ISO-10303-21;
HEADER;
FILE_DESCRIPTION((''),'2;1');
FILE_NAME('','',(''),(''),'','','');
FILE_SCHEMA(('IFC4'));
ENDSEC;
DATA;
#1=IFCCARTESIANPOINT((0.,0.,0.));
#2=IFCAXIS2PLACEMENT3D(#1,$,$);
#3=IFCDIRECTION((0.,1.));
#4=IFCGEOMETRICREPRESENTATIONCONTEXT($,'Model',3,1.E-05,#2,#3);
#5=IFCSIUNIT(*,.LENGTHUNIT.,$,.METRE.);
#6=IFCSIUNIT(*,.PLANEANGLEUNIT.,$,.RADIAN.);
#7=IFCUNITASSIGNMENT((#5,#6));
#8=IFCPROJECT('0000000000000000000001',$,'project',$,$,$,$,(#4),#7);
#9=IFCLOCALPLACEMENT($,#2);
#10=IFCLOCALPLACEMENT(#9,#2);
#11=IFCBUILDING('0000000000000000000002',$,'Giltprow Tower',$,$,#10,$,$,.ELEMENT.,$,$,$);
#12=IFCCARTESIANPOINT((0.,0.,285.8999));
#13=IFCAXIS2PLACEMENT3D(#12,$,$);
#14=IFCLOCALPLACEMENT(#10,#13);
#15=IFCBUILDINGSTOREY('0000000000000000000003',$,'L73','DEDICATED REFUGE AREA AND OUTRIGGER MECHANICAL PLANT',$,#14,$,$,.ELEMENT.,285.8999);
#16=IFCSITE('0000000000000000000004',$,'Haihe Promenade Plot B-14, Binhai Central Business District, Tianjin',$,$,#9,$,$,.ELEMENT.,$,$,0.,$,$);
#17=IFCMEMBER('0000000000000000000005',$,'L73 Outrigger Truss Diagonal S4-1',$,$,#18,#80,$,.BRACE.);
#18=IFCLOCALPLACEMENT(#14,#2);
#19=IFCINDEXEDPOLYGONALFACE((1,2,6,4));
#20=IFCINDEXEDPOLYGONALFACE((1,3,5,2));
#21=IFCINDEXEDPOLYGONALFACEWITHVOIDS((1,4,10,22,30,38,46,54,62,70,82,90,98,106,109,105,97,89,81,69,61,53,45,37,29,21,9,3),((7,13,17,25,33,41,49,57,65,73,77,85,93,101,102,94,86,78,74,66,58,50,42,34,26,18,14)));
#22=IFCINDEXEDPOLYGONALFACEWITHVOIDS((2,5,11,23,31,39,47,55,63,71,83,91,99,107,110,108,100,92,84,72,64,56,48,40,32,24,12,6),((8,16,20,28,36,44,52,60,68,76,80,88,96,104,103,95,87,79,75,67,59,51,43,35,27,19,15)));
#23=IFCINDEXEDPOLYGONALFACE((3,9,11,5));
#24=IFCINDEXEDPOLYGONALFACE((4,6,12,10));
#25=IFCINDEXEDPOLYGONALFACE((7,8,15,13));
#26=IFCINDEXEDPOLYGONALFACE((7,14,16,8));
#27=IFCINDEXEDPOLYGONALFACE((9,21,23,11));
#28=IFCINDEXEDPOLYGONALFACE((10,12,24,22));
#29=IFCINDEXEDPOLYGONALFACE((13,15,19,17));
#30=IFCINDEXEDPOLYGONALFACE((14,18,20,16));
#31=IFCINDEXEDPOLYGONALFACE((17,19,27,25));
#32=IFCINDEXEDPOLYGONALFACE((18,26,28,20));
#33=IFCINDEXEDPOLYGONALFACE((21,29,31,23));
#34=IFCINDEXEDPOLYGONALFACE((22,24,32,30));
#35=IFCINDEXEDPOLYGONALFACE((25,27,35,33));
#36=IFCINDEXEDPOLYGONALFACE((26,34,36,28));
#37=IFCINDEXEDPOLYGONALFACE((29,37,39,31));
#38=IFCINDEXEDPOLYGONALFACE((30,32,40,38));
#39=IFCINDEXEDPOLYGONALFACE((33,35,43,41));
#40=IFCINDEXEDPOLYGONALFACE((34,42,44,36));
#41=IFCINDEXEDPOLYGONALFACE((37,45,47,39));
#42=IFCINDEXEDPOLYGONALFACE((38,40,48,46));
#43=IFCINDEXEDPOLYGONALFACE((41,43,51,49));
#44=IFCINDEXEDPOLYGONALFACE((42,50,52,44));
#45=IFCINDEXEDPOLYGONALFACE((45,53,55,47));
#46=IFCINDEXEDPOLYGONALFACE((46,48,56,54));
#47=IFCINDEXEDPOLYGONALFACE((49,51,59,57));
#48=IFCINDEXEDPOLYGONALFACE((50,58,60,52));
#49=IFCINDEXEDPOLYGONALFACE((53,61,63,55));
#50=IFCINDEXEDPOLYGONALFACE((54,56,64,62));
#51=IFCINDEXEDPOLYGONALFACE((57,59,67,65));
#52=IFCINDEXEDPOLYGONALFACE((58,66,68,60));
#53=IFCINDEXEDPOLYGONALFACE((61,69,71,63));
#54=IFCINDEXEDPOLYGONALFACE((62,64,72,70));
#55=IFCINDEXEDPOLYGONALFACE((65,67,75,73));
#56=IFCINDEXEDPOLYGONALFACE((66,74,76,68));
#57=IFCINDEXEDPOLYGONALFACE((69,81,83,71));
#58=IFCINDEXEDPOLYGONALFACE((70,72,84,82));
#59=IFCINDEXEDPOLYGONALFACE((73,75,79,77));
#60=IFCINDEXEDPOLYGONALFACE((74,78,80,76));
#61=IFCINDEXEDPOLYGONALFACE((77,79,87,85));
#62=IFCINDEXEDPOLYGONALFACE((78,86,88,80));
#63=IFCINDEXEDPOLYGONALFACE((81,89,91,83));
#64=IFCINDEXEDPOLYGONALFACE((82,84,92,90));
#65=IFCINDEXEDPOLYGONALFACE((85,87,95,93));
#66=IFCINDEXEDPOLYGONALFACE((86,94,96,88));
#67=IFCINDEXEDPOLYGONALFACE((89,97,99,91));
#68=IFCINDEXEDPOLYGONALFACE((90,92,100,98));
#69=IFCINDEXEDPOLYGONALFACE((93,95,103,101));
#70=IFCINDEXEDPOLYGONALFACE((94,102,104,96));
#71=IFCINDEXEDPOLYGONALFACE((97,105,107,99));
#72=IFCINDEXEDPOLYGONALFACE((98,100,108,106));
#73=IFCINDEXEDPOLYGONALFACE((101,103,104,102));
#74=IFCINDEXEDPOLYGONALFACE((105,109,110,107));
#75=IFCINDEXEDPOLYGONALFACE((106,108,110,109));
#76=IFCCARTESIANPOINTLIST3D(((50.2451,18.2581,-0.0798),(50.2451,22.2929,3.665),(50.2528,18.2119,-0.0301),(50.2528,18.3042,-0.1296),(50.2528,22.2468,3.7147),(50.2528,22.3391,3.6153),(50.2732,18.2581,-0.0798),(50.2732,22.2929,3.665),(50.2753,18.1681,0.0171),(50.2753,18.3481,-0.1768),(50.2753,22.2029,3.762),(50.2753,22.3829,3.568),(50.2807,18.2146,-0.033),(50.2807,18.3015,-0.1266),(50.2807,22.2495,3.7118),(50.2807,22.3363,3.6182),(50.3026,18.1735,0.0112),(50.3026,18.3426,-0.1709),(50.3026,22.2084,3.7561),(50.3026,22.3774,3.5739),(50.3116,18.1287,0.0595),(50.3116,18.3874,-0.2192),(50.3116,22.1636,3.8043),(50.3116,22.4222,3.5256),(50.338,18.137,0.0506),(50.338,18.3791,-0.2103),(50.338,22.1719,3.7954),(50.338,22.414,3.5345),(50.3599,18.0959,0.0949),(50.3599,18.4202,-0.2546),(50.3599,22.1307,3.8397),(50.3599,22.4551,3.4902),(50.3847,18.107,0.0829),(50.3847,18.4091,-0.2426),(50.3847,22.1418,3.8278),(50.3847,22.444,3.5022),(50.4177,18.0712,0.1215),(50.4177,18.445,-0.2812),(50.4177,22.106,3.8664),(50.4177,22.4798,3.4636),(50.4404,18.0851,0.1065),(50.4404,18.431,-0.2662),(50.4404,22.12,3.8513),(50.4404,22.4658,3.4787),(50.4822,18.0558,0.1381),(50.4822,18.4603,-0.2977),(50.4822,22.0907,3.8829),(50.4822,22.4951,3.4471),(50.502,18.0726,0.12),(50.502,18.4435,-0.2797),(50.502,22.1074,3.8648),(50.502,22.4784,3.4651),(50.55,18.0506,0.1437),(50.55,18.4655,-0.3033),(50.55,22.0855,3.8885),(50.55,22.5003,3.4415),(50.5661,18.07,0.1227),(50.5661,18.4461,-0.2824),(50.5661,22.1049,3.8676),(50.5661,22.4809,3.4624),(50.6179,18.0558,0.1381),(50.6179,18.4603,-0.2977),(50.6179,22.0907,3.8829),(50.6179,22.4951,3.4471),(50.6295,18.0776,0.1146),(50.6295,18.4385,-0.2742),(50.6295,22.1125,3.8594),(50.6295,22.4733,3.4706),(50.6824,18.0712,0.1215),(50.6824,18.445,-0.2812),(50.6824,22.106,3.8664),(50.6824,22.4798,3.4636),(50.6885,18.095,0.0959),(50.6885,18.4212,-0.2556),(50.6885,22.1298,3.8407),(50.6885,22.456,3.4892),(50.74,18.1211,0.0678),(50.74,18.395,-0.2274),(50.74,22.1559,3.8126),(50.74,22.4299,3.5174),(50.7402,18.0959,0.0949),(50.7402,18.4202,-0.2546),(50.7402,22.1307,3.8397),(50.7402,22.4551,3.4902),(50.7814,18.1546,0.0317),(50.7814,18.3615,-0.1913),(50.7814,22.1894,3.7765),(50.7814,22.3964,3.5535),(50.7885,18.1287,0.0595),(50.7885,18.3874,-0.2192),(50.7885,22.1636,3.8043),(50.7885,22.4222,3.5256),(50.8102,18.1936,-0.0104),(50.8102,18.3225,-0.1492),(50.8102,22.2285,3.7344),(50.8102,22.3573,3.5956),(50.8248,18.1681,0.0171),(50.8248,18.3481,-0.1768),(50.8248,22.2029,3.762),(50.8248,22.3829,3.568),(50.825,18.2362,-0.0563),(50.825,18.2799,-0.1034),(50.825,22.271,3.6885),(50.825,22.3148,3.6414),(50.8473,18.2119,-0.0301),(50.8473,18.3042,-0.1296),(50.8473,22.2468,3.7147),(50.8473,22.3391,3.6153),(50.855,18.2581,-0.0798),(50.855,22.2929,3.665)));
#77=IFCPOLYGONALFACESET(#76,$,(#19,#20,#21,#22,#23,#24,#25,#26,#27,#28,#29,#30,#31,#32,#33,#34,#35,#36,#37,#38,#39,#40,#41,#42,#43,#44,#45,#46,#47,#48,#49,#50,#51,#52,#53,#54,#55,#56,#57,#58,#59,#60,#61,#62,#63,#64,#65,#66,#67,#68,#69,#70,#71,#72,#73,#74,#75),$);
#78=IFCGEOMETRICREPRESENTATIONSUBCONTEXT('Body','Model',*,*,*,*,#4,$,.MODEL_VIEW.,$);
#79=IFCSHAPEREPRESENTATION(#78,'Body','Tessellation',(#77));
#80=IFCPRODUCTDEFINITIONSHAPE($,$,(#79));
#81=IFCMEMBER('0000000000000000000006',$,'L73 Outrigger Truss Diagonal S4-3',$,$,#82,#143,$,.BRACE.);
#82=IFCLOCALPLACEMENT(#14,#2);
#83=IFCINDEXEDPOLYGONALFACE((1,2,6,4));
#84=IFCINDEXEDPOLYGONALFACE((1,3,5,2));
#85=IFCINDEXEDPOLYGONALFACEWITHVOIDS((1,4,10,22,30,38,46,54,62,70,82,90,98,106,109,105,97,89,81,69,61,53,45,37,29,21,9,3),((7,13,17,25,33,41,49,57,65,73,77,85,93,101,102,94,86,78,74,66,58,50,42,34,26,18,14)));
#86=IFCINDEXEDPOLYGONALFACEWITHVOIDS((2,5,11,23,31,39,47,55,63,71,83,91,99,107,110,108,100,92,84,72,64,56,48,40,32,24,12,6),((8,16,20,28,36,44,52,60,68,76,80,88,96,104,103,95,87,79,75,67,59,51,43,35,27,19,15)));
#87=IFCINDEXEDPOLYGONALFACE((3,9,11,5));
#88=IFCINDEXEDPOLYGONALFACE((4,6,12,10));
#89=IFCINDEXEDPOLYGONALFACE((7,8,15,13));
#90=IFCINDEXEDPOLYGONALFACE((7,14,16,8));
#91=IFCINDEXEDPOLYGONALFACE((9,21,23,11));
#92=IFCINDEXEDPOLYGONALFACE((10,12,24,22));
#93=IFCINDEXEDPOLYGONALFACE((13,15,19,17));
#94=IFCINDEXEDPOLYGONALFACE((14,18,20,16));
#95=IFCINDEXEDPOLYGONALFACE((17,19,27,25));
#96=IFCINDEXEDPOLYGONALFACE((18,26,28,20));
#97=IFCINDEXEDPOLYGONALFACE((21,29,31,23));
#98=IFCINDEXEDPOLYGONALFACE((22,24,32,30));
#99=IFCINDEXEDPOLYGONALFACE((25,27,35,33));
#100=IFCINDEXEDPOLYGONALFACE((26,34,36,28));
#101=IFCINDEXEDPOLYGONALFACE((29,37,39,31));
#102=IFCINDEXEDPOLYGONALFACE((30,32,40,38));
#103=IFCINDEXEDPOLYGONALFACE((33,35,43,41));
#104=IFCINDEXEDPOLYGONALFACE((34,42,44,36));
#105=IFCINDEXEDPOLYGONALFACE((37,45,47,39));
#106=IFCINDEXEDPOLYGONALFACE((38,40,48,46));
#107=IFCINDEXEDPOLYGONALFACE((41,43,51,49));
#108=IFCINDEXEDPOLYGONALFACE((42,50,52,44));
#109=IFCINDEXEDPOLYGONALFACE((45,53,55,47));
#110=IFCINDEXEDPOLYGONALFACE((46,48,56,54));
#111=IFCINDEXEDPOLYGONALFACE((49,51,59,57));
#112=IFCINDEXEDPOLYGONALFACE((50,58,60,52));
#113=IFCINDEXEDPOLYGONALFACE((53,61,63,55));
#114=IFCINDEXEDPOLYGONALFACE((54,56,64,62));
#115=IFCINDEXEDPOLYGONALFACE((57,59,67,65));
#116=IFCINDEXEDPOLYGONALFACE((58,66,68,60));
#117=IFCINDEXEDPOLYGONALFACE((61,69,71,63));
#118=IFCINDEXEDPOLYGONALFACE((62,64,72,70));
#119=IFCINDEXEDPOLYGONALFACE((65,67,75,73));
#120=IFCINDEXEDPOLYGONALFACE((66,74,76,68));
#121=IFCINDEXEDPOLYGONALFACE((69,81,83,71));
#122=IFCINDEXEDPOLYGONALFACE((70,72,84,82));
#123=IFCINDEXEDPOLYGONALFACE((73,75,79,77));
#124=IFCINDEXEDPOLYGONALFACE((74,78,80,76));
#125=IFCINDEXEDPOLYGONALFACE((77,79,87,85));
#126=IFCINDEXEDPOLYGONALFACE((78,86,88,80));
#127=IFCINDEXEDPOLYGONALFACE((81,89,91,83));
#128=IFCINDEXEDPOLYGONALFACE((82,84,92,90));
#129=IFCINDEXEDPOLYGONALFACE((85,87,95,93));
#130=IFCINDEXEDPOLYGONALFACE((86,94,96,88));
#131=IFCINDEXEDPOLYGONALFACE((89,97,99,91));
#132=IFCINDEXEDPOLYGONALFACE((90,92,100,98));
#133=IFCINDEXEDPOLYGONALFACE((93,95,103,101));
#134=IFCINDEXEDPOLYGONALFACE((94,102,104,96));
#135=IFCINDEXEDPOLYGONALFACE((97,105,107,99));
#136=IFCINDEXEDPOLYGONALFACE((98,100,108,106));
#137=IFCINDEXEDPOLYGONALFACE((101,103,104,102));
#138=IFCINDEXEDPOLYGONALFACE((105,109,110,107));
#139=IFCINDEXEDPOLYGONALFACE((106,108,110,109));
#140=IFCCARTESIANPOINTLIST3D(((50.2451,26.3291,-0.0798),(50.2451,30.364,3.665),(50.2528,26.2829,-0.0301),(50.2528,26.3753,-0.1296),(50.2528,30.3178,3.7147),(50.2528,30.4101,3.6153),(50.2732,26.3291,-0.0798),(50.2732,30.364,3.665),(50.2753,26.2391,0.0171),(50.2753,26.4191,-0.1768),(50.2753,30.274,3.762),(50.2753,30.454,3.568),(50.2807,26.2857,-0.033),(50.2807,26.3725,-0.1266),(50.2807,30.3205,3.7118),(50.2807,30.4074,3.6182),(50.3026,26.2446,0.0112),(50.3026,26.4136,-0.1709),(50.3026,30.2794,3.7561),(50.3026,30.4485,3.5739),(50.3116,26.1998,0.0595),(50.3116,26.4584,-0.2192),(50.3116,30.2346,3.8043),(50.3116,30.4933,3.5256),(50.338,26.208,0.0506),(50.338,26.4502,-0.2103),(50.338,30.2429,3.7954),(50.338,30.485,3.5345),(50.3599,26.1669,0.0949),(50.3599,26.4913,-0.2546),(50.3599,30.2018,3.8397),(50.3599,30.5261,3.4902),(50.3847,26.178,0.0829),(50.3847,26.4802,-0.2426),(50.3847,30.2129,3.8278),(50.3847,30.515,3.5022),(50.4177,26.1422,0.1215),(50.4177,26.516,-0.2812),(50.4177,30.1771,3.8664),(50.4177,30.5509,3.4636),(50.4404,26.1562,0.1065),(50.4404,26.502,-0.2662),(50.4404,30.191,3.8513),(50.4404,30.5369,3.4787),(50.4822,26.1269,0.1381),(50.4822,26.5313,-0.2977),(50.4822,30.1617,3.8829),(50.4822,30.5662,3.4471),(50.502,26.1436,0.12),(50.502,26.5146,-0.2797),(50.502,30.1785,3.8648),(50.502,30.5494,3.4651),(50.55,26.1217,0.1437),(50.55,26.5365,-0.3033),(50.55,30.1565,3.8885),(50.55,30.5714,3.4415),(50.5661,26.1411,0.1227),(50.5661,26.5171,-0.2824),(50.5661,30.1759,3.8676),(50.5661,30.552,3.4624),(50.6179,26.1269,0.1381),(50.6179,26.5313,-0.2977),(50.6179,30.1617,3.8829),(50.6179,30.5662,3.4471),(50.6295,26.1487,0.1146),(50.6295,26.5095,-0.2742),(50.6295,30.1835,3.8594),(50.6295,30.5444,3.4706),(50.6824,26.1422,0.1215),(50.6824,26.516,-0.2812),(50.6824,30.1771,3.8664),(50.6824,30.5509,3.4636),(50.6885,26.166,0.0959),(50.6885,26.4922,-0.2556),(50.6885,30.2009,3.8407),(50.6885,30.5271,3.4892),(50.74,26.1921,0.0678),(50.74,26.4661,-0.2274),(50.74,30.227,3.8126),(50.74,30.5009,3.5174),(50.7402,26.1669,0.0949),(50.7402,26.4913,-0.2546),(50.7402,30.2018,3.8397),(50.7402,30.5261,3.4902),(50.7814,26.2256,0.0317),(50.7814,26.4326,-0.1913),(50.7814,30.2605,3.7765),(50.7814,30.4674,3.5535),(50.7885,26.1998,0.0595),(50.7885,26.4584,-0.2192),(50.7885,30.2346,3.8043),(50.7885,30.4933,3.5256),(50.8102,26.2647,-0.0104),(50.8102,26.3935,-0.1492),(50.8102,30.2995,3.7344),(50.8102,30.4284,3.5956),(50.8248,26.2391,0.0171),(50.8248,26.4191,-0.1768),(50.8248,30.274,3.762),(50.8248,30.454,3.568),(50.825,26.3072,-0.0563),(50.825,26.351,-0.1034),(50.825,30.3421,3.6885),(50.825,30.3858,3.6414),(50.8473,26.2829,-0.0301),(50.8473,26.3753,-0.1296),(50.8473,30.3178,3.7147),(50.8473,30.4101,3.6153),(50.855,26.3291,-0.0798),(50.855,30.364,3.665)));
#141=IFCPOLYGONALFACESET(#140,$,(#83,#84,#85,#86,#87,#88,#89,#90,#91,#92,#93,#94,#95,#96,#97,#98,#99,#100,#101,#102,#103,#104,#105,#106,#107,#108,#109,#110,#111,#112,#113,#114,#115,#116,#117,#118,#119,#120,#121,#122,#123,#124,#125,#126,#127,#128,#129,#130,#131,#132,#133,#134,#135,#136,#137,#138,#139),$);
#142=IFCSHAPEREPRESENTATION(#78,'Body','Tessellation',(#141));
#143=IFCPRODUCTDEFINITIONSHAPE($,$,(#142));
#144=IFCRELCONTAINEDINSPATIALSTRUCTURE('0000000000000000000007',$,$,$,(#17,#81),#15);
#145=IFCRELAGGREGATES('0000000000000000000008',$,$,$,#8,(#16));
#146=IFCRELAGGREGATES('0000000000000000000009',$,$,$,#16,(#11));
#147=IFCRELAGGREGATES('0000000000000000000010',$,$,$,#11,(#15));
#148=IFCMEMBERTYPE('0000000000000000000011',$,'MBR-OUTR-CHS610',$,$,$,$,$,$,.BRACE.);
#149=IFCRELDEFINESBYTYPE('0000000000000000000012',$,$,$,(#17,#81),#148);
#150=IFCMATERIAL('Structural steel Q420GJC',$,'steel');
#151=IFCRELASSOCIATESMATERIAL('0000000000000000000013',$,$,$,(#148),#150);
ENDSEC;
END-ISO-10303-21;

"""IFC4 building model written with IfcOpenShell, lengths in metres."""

from ifc_helpers import new_model, si_unit, direction, frame, origin, origin_2d, place, context, subcontext, project, spatial, hollow_circle, extrude, source, transform, mapped, material, material_profile, profile_set, type_object, element, save


model = new_model("IFC4")

# Units and contexts
model_context = context("Model", 3, precision=1e-05, world=origin(), true_north=direction((0.0, 1.0)))
body_context = subcontext(model_context, "Body", "Model", "MODEL_VIEW")
ifc_project = project(units=[si_unit("LENGTHUNIT", "METRE"), si_unit("PLANEANGLEUNIT", "RADIAN")], contexts=[model_context])

# Site, building, storey
site_placement = place(None, origin())
site = spatial("IfcSite", under=ifc_project, at=site_placement, Name="Haihe Promenade Plot B-14, Binhai Central Business District, Tianjin", CompositionType="ELEMENT", RefElevation=0.0)
building_placement = place(site_placement, origin())
building = spatial("IfcBuilding", under=site, at=building_placement, Name="Giltprow Tower", CompositionType="ELEMENT")
storey_placement = place(building_placement, frame((0.0, 0.0, 285.8999)))
storey = spatial("IfcBuildingStorey", under=building, at=storey_placement, Name="L73", Description="DEDICATED REFUGE AREA AND OUTRIGGER MECHANICAL PLANT", CompositionType="ELEMENT", Elevation=285.8999)

# Shared definitions
ifc_material_1 = material(Name="Structural steel Q420GJC", Category="steel")

# Members
ifc_material_profile_1 = material_profile(ifc_material_1, hollow_circle(Radius=0.3049, WallThickness=0.0281, at=origin_2d()), Name="CHS 610x28")
ifc_profile_set_1 = profile_set([ifc_material_profile_1], Name="Structural steel Q420GJC")
member_type_1 = type_object("IfcMemberType", Name="MBR-OUTR-CHS610", PredefinedType="BRACE", material=ifc_profile_set_1)
shared_shape_1 = source(origin(), body_context, "Body", "SweptSolid", [
    extrude(hollow_circle(Radius=0.3049, WallThickness=0.0281, at=origin_2d()), origin(), (0.0, 0.0, 1.0), 5.5049),
])
for number, where, z_axis, x_axis, name in (
    (1, (50.55, 18.2581, -0.0798), (0.0, 0.732959, 0.680272), (-1.0, 0.0, 0.0), "L73 Outrigger Truss Diagonal S4-1"),
    (2, (50.55, 26.3291, -0.0798), (0.0, 0.732959, 0.680272), (-1.0, 0.0, 0.0), "L73 Outrigger Truss Diagonal S4-3"),
):
    element("IfcMember", number, at=place(storey_placement, frame(where, z_axis=z_axis, x_axis=x_axis)), inside=storey, type_object=member_type_1, Name=name, PredefinedType="BRACE", context=body_context, shape_type="MappedRepresentation", body=[
        mapped(shared_shape_1, transform((0.0, 0.0, 0.0), x_axis=(1.0, 0.0, 0.0), y_axis=(0.0, 1.0, 0.0), z_axis=(0.0, 0.0, 1.0), scale=1.0)),
    ])

save(model, "model.ifc")
